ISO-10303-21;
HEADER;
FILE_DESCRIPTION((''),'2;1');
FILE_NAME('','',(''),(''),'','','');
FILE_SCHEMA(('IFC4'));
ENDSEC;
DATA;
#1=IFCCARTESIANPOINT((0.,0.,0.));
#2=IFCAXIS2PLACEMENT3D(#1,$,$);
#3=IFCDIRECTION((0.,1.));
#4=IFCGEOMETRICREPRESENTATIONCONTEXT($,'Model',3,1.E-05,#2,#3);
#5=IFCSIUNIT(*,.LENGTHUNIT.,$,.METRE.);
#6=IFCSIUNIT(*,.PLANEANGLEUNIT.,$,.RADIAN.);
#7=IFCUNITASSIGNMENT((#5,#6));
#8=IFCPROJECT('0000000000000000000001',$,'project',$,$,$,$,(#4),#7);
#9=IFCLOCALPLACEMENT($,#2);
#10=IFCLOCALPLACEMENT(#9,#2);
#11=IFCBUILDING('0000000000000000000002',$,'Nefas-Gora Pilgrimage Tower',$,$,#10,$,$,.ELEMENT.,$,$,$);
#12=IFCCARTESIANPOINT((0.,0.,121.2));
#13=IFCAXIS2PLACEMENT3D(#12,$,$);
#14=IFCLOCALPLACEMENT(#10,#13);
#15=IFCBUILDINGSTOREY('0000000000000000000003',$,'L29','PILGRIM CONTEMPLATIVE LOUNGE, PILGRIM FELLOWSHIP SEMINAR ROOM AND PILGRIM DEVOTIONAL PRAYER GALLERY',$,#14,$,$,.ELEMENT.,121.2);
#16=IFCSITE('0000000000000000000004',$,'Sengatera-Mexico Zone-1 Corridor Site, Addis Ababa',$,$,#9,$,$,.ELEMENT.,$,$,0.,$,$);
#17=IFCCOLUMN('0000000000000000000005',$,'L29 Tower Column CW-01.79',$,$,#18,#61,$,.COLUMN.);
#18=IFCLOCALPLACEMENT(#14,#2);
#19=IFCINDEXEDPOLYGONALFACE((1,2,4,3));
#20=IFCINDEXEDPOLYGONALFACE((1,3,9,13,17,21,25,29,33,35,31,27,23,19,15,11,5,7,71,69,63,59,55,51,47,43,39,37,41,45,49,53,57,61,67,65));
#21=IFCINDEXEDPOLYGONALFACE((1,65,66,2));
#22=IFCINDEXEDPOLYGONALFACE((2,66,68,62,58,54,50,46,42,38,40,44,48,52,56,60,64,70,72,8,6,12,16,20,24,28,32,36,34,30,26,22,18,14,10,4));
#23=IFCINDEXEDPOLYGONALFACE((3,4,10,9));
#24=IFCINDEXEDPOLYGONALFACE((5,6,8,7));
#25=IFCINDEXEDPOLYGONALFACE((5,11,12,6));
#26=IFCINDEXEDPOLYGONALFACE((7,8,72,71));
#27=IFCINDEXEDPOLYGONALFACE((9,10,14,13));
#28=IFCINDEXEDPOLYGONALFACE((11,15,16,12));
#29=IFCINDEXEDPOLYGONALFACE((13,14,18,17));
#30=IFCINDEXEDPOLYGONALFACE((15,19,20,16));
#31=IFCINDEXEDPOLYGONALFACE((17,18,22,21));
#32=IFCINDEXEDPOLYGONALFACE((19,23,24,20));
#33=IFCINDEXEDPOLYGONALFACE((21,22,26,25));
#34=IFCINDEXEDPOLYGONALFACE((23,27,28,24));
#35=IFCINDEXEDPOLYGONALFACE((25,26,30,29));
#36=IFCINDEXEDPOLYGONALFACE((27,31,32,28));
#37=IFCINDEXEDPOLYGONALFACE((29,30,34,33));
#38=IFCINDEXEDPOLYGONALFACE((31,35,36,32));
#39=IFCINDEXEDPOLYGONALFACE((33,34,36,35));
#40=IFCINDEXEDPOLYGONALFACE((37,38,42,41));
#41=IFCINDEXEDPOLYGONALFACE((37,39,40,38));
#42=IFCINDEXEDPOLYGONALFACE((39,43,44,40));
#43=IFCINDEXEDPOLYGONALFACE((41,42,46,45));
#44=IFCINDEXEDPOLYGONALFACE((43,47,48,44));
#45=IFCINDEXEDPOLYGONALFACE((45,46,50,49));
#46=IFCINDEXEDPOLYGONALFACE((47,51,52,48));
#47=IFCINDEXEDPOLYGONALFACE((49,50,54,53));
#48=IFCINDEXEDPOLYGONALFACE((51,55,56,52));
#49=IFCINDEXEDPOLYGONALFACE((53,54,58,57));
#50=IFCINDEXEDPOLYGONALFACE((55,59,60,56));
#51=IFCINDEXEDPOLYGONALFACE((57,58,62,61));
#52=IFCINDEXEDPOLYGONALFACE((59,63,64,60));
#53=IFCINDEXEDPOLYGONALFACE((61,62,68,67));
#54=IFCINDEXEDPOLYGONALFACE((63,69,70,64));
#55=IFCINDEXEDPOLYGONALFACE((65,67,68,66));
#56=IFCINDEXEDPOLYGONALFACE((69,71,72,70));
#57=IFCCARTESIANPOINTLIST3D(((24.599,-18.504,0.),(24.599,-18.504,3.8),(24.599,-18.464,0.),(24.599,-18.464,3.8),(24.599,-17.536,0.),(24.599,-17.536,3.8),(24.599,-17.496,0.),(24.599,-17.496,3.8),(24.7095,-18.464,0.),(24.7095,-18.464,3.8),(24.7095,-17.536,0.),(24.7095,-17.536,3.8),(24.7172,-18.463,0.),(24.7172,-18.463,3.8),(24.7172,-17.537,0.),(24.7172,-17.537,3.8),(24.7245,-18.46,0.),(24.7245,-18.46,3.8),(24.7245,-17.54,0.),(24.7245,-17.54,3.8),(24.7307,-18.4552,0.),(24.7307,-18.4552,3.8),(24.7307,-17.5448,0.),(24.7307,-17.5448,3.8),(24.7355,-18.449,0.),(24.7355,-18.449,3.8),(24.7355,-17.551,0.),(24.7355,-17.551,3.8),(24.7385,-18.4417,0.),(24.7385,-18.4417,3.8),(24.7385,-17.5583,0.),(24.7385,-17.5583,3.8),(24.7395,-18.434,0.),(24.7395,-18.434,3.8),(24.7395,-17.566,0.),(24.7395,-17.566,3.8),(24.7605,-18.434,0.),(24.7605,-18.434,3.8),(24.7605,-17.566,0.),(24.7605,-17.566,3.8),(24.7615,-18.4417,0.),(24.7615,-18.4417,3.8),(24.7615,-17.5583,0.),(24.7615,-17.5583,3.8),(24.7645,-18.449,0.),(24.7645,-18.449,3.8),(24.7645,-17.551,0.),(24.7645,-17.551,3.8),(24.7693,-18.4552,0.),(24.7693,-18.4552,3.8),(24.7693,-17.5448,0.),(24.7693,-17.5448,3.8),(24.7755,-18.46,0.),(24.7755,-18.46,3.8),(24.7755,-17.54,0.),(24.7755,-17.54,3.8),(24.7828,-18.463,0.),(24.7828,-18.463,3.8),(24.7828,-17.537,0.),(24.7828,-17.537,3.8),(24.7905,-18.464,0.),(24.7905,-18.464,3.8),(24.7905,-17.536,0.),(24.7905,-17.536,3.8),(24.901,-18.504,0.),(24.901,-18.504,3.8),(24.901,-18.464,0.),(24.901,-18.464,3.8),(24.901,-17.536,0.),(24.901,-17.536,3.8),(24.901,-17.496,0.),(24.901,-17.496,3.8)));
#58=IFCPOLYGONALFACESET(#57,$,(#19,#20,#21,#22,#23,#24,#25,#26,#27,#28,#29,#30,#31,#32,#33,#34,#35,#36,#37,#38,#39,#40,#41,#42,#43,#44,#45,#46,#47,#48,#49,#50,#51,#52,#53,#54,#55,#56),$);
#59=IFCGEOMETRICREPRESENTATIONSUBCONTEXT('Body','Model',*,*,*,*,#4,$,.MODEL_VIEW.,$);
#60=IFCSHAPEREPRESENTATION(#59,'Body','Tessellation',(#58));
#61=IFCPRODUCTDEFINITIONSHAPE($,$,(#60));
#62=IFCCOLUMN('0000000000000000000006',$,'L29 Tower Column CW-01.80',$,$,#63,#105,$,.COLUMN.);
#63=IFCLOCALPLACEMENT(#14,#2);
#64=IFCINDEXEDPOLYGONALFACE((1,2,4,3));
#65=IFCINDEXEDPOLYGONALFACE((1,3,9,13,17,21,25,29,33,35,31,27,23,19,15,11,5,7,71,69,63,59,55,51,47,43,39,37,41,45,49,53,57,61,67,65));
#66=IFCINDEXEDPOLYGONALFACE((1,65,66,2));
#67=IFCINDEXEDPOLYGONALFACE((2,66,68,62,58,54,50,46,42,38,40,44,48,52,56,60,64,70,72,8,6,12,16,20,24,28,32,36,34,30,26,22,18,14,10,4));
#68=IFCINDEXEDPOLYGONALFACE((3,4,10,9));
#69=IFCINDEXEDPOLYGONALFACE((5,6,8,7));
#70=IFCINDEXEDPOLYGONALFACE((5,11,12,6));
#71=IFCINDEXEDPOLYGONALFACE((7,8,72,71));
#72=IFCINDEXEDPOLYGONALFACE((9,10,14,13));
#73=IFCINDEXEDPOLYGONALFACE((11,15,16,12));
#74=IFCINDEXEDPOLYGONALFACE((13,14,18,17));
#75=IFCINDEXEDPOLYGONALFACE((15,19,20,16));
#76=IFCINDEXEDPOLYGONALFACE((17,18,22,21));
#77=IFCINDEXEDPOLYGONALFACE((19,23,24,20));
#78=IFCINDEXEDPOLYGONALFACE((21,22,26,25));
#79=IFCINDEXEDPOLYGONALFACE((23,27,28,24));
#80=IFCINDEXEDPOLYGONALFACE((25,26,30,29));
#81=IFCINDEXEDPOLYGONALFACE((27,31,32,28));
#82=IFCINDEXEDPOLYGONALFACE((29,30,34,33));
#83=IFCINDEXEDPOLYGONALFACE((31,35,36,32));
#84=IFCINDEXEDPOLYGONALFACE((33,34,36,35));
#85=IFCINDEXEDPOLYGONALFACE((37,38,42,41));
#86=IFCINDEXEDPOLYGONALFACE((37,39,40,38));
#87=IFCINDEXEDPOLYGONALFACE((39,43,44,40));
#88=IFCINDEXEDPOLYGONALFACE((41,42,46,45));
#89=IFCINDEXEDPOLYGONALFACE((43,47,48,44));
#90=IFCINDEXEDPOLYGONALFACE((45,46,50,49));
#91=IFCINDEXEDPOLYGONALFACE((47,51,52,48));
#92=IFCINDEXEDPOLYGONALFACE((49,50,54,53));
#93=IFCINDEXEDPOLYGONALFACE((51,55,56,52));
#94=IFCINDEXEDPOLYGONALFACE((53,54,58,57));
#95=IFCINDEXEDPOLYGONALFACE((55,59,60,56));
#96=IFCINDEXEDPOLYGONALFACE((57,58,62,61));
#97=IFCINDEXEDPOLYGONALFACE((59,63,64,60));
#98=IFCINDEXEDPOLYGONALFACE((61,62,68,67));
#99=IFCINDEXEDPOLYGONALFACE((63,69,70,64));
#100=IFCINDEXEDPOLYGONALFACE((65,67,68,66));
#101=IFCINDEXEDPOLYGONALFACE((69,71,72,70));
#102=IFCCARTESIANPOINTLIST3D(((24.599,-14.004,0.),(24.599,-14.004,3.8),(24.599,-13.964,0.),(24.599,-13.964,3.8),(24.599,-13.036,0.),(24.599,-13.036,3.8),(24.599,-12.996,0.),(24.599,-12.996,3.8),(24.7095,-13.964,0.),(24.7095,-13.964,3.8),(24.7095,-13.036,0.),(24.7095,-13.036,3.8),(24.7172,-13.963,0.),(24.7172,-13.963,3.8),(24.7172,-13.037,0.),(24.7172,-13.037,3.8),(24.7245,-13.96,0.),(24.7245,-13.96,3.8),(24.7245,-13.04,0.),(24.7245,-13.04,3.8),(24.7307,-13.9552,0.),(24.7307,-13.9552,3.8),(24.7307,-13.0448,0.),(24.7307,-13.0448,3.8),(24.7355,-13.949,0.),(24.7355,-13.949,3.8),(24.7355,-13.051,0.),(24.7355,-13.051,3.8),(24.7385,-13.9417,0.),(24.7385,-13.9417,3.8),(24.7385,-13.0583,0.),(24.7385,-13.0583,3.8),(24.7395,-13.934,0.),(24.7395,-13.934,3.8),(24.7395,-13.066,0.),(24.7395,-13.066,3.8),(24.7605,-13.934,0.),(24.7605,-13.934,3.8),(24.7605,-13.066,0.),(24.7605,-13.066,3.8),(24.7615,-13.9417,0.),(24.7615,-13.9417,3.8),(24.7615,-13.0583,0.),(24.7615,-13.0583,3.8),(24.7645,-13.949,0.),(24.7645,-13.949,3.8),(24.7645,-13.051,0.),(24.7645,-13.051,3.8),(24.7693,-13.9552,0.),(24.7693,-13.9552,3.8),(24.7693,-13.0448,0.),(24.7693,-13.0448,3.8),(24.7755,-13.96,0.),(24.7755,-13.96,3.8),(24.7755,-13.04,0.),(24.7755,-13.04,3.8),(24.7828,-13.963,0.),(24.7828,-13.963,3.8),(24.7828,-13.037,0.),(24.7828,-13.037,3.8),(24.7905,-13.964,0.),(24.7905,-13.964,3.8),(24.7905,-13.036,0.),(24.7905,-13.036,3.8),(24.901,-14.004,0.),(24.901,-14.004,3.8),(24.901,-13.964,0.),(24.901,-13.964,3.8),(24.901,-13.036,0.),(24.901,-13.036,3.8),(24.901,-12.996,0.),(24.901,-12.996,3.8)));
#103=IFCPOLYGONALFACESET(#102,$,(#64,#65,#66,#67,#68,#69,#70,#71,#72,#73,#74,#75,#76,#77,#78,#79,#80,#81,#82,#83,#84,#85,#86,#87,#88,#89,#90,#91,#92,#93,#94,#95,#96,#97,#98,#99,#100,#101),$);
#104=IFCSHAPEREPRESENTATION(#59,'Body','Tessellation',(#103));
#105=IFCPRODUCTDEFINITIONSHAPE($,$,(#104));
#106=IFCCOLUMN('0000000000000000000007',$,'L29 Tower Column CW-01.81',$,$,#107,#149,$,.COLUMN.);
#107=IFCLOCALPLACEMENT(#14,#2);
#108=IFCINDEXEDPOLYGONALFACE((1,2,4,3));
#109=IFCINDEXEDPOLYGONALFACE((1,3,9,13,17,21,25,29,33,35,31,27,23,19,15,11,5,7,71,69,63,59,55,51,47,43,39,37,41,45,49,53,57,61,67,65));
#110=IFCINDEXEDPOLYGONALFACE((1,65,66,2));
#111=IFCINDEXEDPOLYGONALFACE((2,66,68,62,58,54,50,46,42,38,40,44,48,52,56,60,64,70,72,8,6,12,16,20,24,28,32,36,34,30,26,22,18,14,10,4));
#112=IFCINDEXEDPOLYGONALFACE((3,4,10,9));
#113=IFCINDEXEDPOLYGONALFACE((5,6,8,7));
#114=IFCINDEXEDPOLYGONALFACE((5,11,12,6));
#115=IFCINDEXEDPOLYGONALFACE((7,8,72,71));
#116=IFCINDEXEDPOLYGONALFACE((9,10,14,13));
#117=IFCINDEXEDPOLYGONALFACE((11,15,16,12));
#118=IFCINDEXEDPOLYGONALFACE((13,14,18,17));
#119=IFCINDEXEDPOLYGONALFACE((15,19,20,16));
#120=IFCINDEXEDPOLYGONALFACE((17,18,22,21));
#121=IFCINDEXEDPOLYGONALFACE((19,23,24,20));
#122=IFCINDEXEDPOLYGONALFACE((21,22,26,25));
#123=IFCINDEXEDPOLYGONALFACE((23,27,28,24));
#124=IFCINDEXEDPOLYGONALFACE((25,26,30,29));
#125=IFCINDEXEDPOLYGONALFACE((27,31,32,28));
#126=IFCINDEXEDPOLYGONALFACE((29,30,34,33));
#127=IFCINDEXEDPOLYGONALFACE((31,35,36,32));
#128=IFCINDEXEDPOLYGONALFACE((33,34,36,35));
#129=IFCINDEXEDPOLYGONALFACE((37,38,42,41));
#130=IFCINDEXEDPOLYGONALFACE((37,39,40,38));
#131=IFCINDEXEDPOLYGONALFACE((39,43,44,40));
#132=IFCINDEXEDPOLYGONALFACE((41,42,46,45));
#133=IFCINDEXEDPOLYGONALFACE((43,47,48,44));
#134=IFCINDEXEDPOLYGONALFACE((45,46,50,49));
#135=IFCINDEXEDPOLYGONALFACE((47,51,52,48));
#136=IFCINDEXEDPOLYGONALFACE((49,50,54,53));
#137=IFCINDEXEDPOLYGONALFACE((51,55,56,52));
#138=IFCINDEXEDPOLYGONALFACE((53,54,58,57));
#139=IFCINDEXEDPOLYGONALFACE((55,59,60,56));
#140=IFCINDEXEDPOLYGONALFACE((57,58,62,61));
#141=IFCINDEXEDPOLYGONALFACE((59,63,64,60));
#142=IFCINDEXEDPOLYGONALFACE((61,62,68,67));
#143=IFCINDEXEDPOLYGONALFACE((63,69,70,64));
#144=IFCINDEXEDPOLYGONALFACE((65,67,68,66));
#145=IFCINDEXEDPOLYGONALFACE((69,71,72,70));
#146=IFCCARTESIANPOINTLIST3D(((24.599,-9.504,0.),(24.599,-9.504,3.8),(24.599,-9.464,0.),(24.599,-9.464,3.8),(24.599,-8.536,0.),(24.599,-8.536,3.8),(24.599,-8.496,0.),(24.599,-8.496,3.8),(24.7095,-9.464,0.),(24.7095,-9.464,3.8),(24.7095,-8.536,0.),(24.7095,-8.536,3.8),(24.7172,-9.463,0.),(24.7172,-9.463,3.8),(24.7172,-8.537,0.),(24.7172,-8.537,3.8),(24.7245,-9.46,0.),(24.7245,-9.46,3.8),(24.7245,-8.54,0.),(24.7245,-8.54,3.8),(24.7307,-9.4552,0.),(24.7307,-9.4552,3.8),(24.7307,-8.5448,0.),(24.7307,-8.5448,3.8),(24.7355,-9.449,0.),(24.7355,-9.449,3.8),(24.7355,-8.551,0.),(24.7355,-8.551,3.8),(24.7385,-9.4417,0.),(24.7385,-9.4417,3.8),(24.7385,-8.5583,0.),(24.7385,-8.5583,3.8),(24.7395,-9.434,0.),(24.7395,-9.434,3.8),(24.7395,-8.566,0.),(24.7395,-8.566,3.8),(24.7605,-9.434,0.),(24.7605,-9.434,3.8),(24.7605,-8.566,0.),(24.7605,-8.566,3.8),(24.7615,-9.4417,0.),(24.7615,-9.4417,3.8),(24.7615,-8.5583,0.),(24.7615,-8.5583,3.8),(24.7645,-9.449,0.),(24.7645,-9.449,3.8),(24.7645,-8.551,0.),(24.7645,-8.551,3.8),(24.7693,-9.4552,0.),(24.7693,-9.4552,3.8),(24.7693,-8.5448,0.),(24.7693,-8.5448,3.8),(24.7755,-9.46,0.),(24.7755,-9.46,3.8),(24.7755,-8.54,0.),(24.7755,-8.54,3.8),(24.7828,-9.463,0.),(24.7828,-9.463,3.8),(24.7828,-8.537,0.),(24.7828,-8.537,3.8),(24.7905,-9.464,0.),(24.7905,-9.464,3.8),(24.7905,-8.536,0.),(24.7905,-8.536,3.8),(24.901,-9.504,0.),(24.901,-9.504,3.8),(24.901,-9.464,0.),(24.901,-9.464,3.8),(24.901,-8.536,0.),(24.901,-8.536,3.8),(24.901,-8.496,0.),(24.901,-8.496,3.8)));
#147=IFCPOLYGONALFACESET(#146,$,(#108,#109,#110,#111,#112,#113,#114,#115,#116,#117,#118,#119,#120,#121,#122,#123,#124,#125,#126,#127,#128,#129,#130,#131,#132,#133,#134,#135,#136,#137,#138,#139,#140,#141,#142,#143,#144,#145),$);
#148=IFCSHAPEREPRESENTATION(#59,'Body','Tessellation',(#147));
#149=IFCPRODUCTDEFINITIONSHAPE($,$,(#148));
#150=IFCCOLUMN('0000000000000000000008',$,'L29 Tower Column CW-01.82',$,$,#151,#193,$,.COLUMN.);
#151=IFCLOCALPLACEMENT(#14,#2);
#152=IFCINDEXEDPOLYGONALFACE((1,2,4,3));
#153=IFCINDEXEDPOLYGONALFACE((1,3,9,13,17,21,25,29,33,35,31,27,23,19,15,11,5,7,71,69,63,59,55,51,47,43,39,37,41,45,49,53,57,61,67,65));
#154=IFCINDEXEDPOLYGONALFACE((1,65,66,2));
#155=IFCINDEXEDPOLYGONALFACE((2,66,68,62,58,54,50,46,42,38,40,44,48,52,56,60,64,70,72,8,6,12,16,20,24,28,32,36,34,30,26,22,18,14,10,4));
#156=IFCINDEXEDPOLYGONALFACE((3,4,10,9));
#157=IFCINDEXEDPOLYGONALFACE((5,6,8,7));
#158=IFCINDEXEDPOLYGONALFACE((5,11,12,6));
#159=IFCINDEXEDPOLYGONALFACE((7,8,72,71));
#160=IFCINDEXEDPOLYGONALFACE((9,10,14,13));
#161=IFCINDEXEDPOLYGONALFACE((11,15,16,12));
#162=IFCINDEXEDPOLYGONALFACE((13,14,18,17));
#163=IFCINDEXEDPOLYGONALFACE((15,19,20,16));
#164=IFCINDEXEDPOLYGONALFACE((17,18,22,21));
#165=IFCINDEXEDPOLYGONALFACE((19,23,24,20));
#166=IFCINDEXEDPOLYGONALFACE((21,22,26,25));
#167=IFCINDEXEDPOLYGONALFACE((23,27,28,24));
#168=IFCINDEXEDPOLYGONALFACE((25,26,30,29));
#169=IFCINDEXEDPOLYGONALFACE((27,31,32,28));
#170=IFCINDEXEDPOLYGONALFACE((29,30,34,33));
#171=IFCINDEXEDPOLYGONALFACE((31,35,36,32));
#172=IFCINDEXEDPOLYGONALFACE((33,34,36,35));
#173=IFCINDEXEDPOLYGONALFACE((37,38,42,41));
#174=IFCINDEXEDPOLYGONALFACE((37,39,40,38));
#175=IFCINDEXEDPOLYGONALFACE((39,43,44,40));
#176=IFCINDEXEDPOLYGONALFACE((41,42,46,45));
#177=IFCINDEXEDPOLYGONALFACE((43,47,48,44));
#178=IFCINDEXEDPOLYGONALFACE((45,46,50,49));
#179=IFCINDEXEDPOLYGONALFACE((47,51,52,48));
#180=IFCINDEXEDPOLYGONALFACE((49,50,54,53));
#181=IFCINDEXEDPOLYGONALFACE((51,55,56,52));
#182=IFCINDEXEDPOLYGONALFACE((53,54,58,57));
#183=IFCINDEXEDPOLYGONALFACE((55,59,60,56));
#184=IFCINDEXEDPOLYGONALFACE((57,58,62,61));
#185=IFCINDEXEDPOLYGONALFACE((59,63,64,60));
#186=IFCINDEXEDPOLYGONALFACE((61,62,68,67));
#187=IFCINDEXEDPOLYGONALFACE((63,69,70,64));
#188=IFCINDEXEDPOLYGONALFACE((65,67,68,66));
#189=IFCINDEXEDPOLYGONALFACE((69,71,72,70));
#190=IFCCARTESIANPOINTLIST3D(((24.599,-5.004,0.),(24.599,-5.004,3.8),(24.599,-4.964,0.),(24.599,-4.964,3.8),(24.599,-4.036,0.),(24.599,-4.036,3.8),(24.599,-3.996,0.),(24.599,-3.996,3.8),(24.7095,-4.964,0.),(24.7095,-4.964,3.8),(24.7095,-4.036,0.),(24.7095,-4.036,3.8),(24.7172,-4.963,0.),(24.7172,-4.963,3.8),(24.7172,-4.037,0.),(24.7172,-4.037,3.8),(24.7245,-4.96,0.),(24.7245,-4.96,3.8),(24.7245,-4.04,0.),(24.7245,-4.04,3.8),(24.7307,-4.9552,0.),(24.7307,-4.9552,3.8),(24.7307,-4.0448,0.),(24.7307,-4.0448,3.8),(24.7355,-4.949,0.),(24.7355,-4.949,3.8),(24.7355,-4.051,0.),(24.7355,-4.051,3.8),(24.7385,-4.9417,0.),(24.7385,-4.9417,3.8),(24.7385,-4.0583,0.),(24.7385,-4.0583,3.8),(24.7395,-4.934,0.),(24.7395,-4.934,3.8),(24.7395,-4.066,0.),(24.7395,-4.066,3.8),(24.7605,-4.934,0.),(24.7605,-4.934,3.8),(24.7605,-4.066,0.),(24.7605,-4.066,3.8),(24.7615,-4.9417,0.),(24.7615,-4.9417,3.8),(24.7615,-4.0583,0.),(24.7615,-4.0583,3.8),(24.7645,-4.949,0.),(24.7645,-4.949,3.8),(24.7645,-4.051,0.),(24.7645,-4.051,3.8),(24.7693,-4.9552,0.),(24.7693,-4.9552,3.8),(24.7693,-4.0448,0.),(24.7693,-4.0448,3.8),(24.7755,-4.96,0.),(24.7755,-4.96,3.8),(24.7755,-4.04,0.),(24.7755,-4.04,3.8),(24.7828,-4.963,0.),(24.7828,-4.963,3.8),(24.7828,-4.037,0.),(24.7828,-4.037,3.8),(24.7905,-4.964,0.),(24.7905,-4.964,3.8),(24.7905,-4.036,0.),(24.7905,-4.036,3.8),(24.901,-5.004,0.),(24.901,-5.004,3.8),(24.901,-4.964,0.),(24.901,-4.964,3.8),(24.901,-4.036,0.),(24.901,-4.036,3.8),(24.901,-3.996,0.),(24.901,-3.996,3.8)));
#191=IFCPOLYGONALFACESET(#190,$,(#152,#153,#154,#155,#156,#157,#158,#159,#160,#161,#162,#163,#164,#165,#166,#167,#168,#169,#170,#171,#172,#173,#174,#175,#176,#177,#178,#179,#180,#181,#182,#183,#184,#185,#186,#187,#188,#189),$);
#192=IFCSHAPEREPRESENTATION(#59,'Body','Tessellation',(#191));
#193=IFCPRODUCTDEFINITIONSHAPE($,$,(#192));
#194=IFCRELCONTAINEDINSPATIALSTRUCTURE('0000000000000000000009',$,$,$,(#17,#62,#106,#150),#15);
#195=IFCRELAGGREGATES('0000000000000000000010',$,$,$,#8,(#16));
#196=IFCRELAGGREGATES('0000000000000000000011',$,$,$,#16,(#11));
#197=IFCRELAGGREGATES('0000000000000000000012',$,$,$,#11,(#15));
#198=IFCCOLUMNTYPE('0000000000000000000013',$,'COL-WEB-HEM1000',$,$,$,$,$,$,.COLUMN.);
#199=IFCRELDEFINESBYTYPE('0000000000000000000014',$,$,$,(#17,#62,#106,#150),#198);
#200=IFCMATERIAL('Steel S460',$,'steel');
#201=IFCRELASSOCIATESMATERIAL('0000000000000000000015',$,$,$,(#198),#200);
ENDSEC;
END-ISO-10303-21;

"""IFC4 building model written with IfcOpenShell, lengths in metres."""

from ifc_helpers import new_model, si_unit, direction, frame, origin, origin_2d, place, context, subcontext, project, spatial, i_section, extrude, source, transform, mapped, material, material_profile, profile_set, type_object, element, save


model = new_model("IFC4")

# Units and contexts
model_context = context("Model", 3, precision=1e-05, world=origin(), true_north=direction((0.0, 1.0)))
body_context = subcontext(model_context, "Body", "Model", "MODEL_VIEW")
ifc_project = project(units=[si_unit("LENGTHUNIT", "METRE"), si_unit("PLANEANGLEUNIT", "RADIAN")], contexts=[model_context])

# Site, building, storey
site_placement = place(None, origin())
site = spatial("IfcSite", under=ifc_project, at=site_placement, Name="Sengatera-Mexico Zone-1 Corridor Site, Addis Ababa", CompositionType="ELEMENT", RefElevation=0.0)
building_placement = place(site_placement, origin())
building = spatial("IfcBuilding", under=site, at=building_placement, Name="Nefas-Gora Pilgrimage Tower", CompositionType="ELEMENT")
storey_placement = place(building_placement, frame((0.0, 0.0, 121.2)))
storey = spatial("IfcBuildingStorey", under=building, at=storey_placement, Name="L29", Description="PILGRIM CONTEMPLATIVE LOUNGE, PILGRIM FELLOWSHIP SEMINAR ROOM AND PILGRIM DEVOTIONAL PRAYER GALLERY", CompositionType="ELEMENT", Elevation=121.2)

# Columns
ifc_material_1 = material(Name="Steel S460", Category="steel")
ifc_material_profile_1 = material_profile(ifc_material_1, i_section(OverallWidth=0.302, OverallDepth=1.0081, WebThickness=0.021, FlangeThickness=0.04, FilletRadius=0.03, at=origin_2d()), Name="HEM 1000")
ifc_profile_set_1 = profile_set([ifc_material_profile_1], Name="Steel S460")
column_type_1 = type_object("IfcColumnType", Name="COL-WEB-HEM1000", PredefinedType="COLUMN", material=ifc_profile_set_1)
shared_shape_1 = source(origin(), body_context, "Body", "SweptSolid", [
    extrude(i_section(OverallWidth=0.302, OverallDepth=1.0081, WebThickness=0.021, FlangeThickness=0.04, FilletRadius=0.03, at=origin_2d()), origin(), (0.0, 0.0, 1.0), 3.8),
])
for number, where, z_axis, x_axis, name in (
    (1, (24.75, -18.0, 0.0), (0.0, 0.0, 1.0), (1.0, 0.0, 0.0), "L29 Tower Column CW-01.79"),
    (2, (24.75, -13.5, 0.0), (0.0, 0.0, 1.0), (1.0, 0.0, 0.0), "L29 Tower Column CW-01.80"),
    (3, (24.75, -9.0, 0.0), (0.0, 0.0, 1.0), (1.0, 0.0, 0.0), "L29 Tower Column CW-01.81"),
    (4, (24.75, -4.5, 0.0), (0.0, 0.0, 1.0), (1.0, 0.0, 0.0), "L29 Tower Column CW-01.82"),
):
    element("IfcColumn", number, at=place(storey_placement, frame(where, z_axis=z_axis, x_axis=x_axis)), inside=storey, type_object=column_type_1, Name=name, PredefinedType="COLUMN", context=body_context, shape_type="MappedRepresentation", body=[
        mapped(shared_shape_1, transform((0.0, 0.0, 0.0), x_axis=(1.0, 0.0, 0.0), y_axis=(0.0, 1.0, 0.0), z_axis=(0.0, 0.0, 1.0), scale=1.0)),
    ])

save(model, "model.ifc")
